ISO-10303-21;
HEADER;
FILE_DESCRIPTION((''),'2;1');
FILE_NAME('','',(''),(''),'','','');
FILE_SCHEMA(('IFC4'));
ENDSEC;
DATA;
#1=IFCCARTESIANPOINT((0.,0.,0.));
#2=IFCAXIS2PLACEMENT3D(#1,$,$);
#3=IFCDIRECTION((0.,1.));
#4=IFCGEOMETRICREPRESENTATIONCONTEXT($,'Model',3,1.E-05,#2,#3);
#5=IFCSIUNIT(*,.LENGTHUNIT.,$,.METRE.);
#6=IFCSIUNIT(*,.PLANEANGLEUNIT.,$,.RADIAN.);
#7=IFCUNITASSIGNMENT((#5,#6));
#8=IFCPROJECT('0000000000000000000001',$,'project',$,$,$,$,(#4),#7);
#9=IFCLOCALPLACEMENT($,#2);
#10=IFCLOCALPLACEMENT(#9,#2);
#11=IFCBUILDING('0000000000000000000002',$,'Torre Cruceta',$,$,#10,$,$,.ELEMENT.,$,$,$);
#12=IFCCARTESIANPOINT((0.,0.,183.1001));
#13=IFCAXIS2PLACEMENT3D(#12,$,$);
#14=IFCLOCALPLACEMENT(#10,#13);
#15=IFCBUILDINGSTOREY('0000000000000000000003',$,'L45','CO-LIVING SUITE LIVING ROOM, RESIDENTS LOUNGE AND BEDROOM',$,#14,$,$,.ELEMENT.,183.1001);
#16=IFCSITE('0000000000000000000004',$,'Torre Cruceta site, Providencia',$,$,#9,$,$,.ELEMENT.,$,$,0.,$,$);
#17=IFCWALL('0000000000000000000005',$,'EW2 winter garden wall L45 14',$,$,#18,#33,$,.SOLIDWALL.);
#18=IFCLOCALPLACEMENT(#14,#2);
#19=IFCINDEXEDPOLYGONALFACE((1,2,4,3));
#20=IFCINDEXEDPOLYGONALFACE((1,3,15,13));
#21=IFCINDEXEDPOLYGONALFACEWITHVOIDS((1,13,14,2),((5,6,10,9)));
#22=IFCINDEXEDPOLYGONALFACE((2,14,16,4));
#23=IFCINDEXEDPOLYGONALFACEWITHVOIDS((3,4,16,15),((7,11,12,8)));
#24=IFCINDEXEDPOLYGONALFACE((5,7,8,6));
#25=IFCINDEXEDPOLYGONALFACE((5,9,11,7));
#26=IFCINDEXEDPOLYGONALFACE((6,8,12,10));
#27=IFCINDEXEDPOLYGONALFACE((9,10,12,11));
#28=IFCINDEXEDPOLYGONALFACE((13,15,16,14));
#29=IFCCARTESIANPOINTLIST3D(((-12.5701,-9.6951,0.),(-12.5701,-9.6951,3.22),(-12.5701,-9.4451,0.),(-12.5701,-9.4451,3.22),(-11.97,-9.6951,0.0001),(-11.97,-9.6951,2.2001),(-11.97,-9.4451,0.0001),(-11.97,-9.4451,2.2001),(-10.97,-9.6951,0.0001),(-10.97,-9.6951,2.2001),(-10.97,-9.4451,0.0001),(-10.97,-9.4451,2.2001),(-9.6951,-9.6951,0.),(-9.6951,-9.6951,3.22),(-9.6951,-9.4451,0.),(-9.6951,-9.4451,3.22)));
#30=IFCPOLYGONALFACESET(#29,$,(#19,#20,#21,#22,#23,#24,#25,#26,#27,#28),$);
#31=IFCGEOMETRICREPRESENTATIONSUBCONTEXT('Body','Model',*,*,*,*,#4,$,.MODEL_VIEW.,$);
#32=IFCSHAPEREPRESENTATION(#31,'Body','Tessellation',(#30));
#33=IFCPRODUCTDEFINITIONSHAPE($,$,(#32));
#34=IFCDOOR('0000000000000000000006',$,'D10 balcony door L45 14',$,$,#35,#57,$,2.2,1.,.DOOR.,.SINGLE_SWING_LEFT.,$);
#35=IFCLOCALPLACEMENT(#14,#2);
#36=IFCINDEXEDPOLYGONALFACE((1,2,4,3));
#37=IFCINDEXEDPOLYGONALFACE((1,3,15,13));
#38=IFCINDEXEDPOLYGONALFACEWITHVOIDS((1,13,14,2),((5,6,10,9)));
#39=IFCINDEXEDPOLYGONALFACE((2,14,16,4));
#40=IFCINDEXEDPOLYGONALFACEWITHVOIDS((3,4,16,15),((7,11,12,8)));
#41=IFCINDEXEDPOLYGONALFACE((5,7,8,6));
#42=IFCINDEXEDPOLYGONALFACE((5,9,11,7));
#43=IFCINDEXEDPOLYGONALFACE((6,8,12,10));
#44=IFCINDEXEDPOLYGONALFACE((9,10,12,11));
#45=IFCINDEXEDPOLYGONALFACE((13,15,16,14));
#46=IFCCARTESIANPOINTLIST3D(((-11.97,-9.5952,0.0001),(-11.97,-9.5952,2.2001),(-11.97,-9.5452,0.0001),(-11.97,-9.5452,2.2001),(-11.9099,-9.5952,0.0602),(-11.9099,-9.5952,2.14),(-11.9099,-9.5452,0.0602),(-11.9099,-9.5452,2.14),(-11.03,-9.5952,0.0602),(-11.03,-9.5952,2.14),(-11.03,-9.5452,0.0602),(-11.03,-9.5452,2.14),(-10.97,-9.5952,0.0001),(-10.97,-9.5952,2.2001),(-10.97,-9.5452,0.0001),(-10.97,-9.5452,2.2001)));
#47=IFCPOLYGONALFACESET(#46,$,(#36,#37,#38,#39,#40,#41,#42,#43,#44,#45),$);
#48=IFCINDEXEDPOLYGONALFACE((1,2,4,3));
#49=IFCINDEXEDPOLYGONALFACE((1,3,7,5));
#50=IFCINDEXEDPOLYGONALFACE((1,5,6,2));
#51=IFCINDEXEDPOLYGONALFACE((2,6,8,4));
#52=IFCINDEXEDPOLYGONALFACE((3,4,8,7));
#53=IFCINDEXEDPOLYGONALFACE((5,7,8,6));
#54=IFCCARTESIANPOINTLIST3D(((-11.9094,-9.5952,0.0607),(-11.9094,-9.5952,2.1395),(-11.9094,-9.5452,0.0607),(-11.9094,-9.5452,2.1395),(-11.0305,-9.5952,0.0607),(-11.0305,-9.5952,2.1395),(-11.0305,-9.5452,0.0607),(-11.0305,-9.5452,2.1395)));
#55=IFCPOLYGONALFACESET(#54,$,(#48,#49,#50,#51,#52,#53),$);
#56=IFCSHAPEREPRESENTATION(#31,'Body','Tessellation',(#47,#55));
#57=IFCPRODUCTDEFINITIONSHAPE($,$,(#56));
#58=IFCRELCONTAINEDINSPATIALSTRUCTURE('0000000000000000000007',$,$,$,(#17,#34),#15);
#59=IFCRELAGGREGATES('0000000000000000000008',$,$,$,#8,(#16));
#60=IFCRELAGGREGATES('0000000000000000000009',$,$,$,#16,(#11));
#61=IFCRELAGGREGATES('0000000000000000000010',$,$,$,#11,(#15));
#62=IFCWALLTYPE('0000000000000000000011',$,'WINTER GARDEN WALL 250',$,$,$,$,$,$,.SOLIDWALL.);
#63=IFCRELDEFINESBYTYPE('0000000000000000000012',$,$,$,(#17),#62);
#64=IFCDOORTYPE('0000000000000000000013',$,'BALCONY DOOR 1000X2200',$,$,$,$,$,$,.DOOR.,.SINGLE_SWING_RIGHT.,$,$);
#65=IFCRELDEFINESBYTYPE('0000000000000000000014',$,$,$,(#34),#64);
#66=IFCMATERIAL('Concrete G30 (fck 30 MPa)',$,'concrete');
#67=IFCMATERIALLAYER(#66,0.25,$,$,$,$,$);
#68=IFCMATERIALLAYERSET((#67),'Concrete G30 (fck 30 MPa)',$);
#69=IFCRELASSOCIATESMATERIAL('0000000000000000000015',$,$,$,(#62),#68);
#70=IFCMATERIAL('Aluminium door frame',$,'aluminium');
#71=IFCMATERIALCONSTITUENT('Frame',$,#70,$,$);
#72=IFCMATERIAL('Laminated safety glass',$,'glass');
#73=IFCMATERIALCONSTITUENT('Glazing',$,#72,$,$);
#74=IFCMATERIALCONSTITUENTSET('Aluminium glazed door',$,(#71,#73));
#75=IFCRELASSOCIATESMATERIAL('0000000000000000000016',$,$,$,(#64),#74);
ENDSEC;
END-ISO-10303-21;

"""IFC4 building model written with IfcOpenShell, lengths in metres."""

from ifc_helpers import new_model, si_unit, direction, frame, frame_2d, origin, place, context, subcontext, project, spatial, rectangle, hollow_rectangle, extrude, material, layer, layer_set, constituent, constituent_set, type_object, element, fill, save


model = new_model("IFC4")

# Units and contexts
model_context = context("Model", 3, precision=1e-05, world=origin(), true_north=direction((0.0, 1.0)))
body_context = subcontext(model_context, "Body", "Model", "MODEL_VIEW")
ifc_project = project(units=[si_unit("LENGTHUNIT", "METRE"), si_unit("PLANEANGLEUNIT", "RADIAN")], contexts=[model_context])

# Site, building, storey
site_placement = place(None, origin())
site = spatial("IfcSite", under=ifc_project, at=site_placement, Name="Torre Cruceta site, Providencia", CompositionType="ELEMENT", RefElevation=0.0)
building_placement = place(site_placement, origin())
building = spatial("IfcBuilding", under=site, at=building_placement, Name="Torre Cruceta", CompositionType="ELEMENT")
storey_placement = place(building_placement, frame((0.0, 0.0, 183.1001)))
storey = spatial("IfcBuildingStorey", under=building, at=storey_placement, Name="L45", Description="CO-LIVING SUITE LIVING ROOM, RESIDENTS LOUNGE AND BEDROOM", CompositionType="ELEMENT", Elevation=183.1001)

# Wall, opening, door
ifc_material_1 = material(Name="Concrete G30 (fck 30 MPa)", Category="concrete")
ifc_layer_1 = layer(ifc_material_1, 0.25)
ifc_layer_set_1 = layer_set([ifc_layer_1], Name="Concrete G30 (fck 30 MPa)")
wall_type_1 = type_object("IfcWallType", Name="WINTER GARDEN WALL 250", PredefinedType="SOLIDWALL", material=ifc_layer_set_1)
wall_1_placement = place(storey_placement, frame((-12.5701, -9.5701, 0.0), z_axis=(0.0, 0.0, 1.0), x_axis=(1.0, 0.0, 0.0)))
wall_1 = element("IfcWall", 1, at=wall_1_placement, inside=storey, type_object=wall_type_1, Name="EW2 winter garden wall L45 14", PredefinedType="SOLIDWALL", context=body_context, shape_type="SweptSolid", body=[
    extrude(rectangle(XDim=2.875, YDim=0.25, at=frame_2d((1.4375, 0.0))), origin(), (0.0, 0.0, 1.0), 3.22),
])
opening_1_placement = place(wall_1_placement, frame((0.6001, 0.0, 0.0)))
opening_1 = element("IfcOpeningElement", 2, at=opening_1_placement, cuts=wall_1, PredefinedType="OPENING", context=body_context, shape_type="SweptSolid", body=[
    extrude(rectangle(XDim=1.0, YDim=2.2, at=frame_2d((0.5, 1.1001))), frame((0.0, 0.135, 0.0), z_axis=(0.0, -1.0, 0.0), x_axis=(1.0, 0.0, 0.0)), (0.0, 0.0, 1.0), 0.27),
])
ifc_material_2 = material(Name="Aluminium door frame", Category="aluminium")
ifc_constituent_1 = constituent(ifc_material_2, Name="Frame")
ifc_material_3 = material(Name="Laminated safety glass", Category="glass")
ifc_constituent_2 = constituent(ifc_material_3, Name="Glazing")
ifc_constituent_set_1 = constituent_set(constituents=[ifc_constituent_1, ifc_constituent_2], Name="Aluminium glazed door")
door_type_1 = type_object("IfcDoorType", Name="BALCONY DOOR 1000X2200", OperationType="SINGLE_SWING_RIGHT", PredefinedType="DOOR", material=ifc_constituent_set_1)
door_1_placement = place(opening_1_placement, origin())
door_1 = element("IfcDoor", 3, at=door_1_placement, inside=storey, type_object=door_type_1, Name="D10 balcony door L45 14", OperationType="SINGLE_SWING_LEFT", OverallHeight=2.2, OverallWidth=1.0, PredefinedType="DOOR", context=body_context, shape_type="SweptSolid", body=[
    extrude(hollow_rectangle(XDim=1.0, YDim=2.2, WallThickness=0.0601, at=frame_2d((0.5, 1.1001))), frame((0.0, 0.0249, 0.0), z_axis=(0.0, -1.0, 0.0), x_axis=(1.0, 0.0, 0.0)), (0.0, 0.0, 1.0), 0.05),
    extrude(rectangle(XDim=0.8789, YDim=2.0789, at=frame_2d((0.5, 1.1001))), frame((0.0, 0.0249, 0.0), z_axis=(0.0, -1.0, 0.0), x_axis=(1.0, 0.0, 0.0)), (0.0, 0.0, 1.0), 0.05),
])
fill(opening_1, door_1)

save(model, "model.ifc")
